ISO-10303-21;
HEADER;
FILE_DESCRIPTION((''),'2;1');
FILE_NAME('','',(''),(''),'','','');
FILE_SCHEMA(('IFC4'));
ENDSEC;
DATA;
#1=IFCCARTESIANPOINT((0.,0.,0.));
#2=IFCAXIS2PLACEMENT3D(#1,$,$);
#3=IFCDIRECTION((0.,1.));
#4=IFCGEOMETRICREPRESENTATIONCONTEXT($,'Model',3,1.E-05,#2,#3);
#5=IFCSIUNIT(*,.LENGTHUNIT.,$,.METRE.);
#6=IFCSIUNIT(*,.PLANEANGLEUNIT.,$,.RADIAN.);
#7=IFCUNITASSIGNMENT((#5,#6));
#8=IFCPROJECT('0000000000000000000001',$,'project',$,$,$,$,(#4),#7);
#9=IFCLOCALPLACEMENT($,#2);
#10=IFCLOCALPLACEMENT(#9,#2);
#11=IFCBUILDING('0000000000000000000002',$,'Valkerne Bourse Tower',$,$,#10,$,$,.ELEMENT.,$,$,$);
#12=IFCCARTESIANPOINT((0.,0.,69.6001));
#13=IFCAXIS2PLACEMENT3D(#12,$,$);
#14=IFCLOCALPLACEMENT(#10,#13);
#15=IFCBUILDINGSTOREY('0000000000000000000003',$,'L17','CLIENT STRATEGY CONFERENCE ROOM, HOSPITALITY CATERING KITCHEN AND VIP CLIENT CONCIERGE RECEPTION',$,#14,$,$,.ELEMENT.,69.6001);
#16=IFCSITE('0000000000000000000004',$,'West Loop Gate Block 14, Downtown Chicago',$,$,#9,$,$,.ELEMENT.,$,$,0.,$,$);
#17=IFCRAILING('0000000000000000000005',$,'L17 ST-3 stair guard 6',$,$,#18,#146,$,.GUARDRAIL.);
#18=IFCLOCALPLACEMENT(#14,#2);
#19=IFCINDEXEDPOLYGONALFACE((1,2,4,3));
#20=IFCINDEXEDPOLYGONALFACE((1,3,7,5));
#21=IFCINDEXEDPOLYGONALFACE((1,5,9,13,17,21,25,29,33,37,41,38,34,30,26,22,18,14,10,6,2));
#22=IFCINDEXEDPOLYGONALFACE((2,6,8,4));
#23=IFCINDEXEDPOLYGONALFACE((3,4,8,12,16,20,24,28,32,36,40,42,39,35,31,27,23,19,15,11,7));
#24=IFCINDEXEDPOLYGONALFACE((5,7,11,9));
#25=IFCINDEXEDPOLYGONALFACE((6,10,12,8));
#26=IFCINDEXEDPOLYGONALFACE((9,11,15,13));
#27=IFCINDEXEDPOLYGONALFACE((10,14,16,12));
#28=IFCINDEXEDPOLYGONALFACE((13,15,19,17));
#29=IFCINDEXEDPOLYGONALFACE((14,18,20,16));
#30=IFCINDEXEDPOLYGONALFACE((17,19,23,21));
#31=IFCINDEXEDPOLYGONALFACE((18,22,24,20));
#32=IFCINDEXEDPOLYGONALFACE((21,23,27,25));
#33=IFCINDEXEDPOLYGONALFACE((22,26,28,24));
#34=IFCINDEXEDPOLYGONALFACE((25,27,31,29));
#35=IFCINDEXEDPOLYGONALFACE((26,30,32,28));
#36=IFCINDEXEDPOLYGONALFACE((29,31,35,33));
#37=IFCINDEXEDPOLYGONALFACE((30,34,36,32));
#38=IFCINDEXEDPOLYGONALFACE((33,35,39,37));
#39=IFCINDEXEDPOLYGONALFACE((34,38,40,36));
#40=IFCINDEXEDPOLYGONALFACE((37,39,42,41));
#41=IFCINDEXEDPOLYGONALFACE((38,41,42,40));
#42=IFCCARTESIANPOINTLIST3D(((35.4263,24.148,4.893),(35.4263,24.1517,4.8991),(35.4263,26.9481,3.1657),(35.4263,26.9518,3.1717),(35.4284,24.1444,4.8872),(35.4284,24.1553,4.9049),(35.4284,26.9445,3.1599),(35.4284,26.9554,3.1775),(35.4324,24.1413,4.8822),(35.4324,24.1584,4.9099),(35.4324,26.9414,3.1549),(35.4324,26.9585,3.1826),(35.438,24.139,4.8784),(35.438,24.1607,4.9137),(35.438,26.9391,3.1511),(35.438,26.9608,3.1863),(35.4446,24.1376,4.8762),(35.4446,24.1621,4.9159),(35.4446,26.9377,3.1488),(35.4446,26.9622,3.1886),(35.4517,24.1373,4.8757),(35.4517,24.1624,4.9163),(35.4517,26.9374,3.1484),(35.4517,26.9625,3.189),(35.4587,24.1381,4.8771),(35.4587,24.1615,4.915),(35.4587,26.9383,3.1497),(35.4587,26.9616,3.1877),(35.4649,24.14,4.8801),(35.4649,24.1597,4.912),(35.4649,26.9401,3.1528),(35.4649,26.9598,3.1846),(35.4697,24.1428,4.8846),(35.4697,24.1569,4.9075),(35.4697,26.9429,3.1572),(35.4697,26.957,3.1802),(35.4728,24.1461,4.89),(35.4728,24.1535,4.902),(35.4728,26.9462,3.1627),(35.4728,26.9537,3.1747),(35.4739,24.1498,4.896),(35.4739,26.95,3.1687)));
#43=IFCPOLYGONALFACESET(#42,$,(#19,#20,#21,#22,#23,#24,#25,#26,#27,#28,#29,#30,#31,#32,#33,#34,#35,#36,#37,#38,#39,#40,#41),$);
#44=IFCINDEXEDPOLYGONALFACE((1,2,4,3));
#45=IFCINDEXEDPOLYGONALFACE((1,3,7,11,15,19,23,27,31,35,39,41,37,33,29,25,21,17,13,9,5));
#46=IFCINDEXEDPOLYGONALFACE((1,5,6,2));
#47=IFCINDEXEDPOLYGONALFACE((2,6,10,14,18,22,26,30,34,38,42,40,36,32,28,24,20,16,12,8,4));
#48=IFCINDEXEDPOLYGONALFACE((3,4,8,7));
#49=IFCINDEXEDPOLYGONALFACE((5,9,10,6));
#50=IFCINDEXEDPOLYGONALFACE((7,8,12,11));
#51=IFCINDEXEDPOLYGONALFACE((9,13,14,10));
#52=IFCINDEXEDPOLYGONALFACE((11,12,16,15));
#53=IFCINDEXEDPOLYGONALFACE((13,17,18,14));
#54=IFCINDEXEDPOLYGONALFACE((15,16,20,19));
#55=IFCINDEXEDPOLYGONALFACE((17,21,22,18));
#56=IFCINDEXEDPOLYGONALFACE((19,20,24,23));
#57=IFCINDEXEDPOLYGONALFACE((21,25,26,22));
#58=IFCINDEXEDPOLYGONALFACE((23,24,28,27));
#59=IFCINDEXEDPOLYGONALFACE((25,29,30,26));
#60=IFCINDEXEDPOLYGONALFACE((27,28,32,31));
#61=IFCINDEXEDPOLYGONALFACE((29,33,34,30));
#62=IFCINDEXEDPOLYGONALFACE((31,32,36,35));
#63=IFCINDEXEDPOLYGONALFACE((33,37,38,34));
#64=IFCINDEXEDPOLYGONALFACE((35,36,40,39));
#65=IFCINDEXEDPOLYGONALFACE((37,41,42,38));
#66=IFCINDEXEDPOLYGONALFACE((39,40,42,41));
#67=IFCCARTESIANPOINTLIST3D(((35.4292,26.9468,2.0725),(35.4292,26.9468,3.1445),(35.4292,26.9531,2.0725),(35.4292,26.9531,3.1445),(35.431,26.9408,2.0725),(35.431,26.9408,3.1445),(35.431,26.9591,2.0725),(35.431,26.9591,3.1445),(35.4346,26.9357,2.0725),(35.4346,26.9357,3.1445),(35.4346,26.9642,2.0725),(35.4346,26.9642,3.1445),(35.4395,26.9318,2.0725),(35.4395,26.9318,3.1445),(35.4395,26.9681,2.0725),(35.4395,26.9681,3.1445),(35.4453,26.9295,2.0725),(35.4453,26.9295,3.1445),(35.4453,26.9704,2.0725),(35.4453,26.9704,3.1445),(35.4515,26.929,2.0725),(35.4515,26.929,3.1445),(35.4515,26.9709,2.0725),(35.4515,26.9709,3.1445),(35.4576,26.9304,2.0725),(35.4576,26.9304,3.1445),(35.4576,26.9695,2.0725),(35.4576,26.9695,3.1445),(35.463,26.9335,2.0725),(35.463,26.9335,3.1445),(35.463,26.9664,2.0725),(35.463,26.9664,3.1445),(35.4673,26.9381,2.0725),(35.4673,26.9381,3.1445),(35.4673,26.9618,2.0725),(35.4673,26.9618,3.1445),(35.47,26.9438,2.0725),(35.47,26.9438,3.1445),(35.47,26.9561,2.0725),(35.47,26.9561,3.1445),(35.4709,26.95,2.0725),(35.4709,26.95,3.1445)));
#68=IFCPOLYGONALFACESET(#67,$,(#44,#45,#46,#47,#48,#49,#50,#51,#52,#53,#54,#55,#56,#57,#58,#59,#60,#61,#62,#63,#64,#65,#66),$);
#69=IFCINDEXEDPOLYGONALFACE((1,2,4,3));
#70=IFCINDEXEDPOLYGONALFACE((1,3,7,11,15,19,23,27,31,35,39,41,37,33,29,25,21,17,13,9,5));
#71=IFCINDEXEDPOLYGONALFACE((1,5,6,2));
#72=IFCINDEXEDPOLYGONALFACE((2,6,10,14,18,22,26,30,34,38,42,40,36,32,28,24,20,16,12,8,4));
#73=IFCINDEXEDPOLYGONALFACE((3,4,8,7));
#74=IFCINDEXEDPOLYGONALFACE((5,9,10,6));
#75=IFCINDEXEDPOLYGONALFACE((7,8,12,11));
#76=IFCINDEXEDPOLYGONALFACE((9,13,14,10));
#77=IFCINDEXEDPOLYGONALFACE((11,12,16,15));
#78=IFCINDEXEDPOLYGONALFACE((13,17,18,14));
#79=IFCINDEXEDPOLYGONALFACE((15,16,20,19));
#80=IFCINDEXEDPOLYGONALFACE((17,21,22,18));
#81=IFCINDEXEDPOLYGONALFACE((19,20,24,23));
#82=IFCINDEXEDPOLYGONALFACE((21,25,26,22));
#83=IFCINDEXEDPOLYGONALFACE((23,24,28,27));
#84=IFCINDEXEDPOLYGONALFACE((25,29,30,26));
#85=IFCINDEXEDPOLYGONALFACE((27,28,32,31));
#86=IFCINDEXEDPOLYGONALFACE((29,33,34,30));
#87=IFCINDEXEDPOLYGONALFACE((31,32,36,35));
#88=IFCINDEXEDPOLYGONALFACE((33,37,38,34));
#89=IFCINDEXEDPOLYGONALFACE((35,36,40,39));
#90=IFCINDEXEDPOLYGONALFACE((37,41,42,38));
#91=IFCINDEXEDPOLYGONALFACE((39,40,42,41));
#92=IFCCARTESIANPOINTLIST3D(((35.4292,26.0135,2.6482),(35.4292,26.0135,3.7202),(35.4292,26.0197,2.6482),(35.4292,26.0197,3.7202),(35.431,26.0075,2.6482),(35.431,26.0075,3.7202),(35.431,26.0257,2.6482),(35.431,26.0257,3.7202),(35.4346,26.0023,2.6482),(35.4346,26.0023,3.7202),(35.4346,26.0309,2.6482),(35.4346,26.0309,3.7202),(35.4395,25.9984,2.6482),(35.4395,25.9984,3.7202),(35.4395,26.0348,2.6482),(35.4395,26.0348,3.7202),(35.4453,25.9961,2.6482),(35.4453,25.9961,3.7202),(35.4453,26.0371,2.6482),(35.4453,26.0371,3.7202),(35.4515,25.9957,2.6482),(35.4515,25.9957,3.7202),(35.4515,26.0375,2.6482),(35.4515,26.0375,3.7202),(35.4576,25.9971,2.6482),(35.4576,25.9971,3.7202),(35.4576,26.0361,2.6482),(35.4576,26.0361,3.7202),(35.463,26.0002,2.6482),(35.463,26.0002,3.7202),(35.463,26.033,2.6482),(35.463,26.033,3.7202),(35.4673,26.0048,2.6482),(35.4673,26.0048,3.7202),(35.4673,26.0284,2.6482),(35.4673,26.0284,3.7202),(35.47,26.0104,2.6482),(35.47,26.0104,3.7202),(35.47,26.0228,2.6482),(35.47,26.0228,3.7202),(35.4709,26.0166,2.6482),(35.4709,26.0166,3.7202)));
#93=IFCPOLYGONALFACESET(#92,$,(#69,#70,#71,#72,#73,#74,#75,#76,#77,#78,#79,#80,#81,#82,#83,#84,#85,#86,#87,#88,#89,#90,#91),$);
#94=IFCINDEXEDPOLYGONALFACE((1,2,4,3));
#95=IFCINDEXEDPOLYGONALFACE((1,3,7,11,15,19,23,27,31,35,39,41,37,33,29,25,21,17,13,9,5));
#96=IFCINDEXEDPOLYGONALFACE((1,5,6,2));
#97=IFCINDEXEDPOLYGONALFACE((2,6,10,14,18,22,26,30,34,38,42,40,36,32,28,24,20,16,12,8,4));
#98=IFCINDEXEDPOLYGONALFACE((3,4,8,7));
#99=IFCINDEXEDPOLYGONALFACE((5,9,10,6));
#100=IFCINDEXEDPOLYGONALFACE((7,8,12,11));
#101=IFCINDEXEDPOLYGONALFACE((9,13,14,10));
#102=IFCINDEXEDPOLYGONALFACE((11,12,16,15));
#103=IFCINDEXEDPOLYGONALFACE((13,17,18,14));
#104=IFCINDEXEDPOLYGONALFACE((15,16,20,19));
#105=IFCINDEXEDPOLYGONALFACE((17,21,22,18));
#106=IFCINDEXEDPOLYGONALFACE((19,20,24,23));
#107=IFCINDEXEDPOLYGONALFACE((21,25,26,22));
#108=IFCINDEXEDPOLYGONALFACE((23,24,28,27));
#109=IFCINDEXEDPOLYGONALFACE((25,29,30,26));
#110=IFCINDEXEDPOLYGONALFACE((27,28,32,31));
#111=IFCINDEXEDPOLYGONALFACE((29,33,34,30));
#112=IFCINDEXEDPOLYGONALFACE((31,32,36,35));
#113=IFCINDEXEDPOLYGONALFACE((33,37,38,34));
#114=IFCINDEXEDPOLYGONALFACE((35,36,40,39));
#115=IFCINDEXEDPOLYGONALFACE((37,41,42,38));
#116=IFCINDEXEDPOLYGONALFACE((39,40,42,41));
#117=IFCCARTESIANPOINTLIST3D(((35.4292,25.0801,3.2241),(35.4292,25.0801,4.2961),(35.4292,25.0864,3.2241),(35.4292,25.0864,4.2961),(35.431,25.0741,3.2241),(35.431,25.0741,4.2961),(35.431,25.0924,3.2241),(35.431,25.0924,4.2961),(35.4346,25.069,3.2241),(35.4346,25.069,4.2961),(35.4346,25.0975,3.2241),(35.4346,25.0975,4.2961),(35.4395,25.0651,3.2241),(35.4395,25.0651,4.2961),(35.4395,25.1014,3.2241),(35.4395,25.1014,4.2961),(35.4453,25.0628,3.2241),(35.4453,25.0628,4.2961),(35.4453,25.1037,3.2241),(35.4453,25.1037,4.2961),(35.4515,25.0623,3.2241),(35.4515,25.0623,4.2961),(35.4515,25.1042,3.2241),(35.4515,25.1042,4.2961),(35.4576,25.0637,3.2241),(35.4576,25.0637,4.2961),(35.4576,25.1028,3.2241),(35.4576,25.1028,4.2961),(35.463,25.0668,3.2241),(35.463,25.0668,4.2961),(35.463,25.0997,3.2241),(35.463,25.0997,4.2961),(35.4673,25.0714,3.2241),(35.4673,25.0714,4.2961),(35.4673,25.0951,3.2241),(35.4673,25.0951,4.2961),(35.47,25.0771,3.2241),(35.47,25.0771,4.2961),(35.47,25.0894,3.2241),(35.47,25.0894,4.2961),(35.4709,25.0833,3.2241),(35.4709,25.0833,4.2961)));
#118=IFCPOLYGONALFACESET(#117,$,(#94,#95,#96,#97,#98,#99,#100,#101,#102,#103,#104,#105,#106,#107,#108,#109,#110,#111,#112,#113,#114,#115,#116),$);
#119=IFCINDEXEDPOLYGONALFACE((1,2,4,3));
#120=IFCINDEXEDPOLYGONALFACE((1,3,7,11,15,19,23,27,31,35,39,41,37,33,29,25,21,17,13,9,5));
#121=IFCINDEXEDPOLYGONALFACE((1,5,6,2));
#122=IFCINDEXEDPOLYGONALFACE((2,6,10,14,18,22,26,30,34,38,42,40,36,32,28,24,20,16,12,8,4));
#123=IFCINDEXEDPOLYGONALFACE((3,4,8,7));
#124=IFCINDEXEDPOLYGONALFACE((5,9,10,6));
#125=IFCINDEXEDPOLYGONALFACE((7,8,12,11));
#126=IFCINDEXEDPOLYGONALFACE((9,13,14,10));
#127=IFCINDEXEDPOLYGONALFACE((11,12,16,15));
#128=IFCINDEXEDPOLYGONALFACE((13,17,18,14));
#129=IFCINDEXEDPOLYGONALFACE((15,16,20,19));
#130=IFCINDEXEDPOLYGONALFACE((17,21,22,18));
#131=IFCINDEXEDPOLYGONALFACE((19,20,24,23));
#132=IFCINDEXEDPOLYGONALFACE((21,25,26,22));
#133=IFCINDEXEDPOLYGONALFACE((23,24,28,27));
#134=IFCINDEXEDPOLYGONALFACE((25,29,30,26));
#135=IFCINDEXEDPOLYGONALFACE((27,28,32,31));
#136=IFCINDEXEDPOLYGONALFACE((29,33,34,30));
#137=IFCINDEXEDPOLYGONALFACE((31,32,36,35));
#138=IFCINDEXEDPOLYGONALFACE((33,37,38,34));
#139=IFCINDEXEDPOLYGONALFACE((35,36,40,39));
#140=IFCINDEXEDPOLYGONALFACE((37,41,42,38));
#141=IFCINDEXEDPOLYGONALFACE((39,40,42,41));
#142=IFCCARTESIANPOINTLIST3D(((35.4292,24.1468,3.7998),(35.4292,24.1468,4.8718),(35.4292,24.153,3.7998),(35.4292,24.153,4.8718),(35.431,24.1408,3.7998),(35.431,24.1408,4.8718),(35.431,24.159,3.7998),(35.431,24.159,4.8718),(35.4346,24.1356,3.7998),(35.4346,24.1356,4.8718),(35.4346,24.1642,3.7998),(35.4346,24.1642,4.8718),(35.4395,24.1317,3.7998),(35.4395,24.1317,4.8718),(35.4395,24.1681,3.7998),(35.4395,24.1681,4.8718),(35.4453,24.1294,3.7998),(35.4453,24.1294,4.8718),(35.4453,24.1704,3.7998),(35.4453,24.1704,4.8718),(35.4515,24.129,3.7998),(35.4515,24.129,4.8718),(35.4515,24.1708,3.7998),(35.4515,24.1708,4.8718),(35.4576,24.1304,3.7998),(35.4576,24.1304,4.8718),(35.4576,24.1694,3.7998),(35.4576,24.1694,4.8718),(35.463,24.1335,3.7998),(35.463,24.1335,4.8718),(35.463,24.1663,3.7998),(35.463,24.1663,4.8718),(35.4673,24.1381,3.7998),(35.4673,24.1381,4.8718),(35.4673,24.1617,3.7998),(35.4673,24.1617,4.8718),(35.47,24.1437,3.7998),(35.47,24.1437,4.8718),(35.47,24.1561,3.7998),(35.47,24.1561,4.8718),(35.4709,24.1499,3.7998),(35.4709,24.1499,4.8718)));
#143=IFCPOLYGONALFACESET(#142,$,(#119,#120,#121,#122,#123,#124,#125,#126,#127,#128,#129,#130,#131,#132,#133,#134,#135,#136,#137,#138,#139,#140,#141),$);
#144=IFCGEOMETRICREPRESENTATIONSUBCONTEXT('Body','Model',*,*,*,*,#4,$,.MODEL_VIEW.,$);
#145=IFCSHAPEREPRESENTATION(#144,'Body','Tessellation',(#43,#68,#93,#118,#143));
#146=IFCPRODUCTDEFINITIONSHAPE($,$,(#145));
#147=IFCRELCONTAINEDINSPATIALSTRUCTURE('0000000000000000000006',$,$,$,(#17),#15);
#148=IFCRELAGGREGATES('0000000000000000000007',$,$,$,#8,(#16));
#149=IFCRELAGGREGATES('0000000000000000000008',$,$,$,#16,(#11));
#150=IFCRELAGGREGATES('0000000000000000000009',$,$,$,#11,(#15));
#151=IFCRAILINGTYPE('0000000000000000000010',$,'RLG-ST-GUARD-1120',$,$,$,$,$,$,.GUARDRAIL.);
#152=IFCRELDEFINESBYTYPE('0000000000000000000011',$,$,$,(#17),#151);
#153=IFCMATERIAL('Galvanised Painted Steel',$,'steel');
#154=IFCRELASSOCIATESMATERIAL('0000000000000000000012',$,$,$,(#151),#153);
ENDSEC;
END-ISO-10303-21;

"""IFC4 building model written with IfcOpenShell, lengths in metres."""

from ifc_helpers import new_model, si_unit, direction, frame, origin, origin_2d, place, context, subcontext, project, spatial, circle, extrude, material, type_object, element, save


model = new_model("IFC4")

# Units and contexts
model_context = context("Model", 3, precision=1e-05, world=origin(), true_north=direction((0.0, 1.0)))
body_context = subcontext(model_context, "Body", "Model", "MODEL_VIEW")
ifc_project = project(units=[si_unit("LENGTHUNIT", "METRE"), si_unit("PLANEANGLEUNIT", "RADIAN")], contexts=[model_context])

# Site, building, storey
site_placement = place(None, origin())
site = spatial("IfcSite", under=ifc_project, at=site_placement, Name="West Loop Gate Block 14, Downtown Chicago", CompositionType="ELEMENT", RefElevation=0.0)
building_placement = place(site_placement, origin())
building = spatial("IfcBuilding", under=site, at=building_placement, Name="Valkerne Bourse Tower", CompositionType="ELEMENT")
storey_placement = place(building_placement, frame((0.0, 0.0, 69.6001)))
storey = spatial("IfcBuildingStorey", under=building, at=storey_placement, Name="L17", Description="CLIENT STRATEGY CONFERENCE ROOM, HOSPITALITY CATERING KITCHEN AND VIP CLIENT CONCIERGE RECEPTION", CompositionType="ELEMENT", Elevation=69.6001)

# Railing
ifc_material_1 = material(Name="Galvanised Painted Steel", Category="steel")
railing_type_1 = type_object("IfcRailingType", Name="RLG-ST-GUARD-1120", PredefinedType="GUARDRAIL", material=ifc_material_1)
railing_1_placement = place(storey_placement, frame((35.45, 26.95, 2.0725)))
element("IfcRailing", 1, at=railing_1_placement, inside=storey, type_object=railing_type_1, Name="L17 ST-3 stair guard 6", PredefinedType="GUARDRAIL", context=body_context, shape_type="SweptSolid", body=[
    extrude(circle(Radius=0.0239, at=origin_2d()), frame((0.0, 0.0, 1.0962), z_axis=(0.0, -0.85109, 0.52502), x_axis=(1.0, 0.0, 0.0)), (0.0, 0.0, 1.0), 3.29),
    extrude(circle(Radius=0.021, at=origin_2d()), origin(), (0.0, 0.0, 1.0), 1.072),
    extrude(circle(Radius=0.021, at=origin_2d()), frame((0.0, -0.9333, 0.5757)), (0.0, 0.0, 1.0), 1.072),
    extrude(circle(Radius=0.021, at=origin_2d()), frame((0.0, -1.8667, 1.1516)), (0.0, 0.0, 1.0), 1.072),
    extrude(circle(Radius=0.021, at=origin_2d()), frame((0.0, -2.8, 1.7273)), (0.0, 0.0, 1.0), 1.072),
])

save(model, "model.ifc")
